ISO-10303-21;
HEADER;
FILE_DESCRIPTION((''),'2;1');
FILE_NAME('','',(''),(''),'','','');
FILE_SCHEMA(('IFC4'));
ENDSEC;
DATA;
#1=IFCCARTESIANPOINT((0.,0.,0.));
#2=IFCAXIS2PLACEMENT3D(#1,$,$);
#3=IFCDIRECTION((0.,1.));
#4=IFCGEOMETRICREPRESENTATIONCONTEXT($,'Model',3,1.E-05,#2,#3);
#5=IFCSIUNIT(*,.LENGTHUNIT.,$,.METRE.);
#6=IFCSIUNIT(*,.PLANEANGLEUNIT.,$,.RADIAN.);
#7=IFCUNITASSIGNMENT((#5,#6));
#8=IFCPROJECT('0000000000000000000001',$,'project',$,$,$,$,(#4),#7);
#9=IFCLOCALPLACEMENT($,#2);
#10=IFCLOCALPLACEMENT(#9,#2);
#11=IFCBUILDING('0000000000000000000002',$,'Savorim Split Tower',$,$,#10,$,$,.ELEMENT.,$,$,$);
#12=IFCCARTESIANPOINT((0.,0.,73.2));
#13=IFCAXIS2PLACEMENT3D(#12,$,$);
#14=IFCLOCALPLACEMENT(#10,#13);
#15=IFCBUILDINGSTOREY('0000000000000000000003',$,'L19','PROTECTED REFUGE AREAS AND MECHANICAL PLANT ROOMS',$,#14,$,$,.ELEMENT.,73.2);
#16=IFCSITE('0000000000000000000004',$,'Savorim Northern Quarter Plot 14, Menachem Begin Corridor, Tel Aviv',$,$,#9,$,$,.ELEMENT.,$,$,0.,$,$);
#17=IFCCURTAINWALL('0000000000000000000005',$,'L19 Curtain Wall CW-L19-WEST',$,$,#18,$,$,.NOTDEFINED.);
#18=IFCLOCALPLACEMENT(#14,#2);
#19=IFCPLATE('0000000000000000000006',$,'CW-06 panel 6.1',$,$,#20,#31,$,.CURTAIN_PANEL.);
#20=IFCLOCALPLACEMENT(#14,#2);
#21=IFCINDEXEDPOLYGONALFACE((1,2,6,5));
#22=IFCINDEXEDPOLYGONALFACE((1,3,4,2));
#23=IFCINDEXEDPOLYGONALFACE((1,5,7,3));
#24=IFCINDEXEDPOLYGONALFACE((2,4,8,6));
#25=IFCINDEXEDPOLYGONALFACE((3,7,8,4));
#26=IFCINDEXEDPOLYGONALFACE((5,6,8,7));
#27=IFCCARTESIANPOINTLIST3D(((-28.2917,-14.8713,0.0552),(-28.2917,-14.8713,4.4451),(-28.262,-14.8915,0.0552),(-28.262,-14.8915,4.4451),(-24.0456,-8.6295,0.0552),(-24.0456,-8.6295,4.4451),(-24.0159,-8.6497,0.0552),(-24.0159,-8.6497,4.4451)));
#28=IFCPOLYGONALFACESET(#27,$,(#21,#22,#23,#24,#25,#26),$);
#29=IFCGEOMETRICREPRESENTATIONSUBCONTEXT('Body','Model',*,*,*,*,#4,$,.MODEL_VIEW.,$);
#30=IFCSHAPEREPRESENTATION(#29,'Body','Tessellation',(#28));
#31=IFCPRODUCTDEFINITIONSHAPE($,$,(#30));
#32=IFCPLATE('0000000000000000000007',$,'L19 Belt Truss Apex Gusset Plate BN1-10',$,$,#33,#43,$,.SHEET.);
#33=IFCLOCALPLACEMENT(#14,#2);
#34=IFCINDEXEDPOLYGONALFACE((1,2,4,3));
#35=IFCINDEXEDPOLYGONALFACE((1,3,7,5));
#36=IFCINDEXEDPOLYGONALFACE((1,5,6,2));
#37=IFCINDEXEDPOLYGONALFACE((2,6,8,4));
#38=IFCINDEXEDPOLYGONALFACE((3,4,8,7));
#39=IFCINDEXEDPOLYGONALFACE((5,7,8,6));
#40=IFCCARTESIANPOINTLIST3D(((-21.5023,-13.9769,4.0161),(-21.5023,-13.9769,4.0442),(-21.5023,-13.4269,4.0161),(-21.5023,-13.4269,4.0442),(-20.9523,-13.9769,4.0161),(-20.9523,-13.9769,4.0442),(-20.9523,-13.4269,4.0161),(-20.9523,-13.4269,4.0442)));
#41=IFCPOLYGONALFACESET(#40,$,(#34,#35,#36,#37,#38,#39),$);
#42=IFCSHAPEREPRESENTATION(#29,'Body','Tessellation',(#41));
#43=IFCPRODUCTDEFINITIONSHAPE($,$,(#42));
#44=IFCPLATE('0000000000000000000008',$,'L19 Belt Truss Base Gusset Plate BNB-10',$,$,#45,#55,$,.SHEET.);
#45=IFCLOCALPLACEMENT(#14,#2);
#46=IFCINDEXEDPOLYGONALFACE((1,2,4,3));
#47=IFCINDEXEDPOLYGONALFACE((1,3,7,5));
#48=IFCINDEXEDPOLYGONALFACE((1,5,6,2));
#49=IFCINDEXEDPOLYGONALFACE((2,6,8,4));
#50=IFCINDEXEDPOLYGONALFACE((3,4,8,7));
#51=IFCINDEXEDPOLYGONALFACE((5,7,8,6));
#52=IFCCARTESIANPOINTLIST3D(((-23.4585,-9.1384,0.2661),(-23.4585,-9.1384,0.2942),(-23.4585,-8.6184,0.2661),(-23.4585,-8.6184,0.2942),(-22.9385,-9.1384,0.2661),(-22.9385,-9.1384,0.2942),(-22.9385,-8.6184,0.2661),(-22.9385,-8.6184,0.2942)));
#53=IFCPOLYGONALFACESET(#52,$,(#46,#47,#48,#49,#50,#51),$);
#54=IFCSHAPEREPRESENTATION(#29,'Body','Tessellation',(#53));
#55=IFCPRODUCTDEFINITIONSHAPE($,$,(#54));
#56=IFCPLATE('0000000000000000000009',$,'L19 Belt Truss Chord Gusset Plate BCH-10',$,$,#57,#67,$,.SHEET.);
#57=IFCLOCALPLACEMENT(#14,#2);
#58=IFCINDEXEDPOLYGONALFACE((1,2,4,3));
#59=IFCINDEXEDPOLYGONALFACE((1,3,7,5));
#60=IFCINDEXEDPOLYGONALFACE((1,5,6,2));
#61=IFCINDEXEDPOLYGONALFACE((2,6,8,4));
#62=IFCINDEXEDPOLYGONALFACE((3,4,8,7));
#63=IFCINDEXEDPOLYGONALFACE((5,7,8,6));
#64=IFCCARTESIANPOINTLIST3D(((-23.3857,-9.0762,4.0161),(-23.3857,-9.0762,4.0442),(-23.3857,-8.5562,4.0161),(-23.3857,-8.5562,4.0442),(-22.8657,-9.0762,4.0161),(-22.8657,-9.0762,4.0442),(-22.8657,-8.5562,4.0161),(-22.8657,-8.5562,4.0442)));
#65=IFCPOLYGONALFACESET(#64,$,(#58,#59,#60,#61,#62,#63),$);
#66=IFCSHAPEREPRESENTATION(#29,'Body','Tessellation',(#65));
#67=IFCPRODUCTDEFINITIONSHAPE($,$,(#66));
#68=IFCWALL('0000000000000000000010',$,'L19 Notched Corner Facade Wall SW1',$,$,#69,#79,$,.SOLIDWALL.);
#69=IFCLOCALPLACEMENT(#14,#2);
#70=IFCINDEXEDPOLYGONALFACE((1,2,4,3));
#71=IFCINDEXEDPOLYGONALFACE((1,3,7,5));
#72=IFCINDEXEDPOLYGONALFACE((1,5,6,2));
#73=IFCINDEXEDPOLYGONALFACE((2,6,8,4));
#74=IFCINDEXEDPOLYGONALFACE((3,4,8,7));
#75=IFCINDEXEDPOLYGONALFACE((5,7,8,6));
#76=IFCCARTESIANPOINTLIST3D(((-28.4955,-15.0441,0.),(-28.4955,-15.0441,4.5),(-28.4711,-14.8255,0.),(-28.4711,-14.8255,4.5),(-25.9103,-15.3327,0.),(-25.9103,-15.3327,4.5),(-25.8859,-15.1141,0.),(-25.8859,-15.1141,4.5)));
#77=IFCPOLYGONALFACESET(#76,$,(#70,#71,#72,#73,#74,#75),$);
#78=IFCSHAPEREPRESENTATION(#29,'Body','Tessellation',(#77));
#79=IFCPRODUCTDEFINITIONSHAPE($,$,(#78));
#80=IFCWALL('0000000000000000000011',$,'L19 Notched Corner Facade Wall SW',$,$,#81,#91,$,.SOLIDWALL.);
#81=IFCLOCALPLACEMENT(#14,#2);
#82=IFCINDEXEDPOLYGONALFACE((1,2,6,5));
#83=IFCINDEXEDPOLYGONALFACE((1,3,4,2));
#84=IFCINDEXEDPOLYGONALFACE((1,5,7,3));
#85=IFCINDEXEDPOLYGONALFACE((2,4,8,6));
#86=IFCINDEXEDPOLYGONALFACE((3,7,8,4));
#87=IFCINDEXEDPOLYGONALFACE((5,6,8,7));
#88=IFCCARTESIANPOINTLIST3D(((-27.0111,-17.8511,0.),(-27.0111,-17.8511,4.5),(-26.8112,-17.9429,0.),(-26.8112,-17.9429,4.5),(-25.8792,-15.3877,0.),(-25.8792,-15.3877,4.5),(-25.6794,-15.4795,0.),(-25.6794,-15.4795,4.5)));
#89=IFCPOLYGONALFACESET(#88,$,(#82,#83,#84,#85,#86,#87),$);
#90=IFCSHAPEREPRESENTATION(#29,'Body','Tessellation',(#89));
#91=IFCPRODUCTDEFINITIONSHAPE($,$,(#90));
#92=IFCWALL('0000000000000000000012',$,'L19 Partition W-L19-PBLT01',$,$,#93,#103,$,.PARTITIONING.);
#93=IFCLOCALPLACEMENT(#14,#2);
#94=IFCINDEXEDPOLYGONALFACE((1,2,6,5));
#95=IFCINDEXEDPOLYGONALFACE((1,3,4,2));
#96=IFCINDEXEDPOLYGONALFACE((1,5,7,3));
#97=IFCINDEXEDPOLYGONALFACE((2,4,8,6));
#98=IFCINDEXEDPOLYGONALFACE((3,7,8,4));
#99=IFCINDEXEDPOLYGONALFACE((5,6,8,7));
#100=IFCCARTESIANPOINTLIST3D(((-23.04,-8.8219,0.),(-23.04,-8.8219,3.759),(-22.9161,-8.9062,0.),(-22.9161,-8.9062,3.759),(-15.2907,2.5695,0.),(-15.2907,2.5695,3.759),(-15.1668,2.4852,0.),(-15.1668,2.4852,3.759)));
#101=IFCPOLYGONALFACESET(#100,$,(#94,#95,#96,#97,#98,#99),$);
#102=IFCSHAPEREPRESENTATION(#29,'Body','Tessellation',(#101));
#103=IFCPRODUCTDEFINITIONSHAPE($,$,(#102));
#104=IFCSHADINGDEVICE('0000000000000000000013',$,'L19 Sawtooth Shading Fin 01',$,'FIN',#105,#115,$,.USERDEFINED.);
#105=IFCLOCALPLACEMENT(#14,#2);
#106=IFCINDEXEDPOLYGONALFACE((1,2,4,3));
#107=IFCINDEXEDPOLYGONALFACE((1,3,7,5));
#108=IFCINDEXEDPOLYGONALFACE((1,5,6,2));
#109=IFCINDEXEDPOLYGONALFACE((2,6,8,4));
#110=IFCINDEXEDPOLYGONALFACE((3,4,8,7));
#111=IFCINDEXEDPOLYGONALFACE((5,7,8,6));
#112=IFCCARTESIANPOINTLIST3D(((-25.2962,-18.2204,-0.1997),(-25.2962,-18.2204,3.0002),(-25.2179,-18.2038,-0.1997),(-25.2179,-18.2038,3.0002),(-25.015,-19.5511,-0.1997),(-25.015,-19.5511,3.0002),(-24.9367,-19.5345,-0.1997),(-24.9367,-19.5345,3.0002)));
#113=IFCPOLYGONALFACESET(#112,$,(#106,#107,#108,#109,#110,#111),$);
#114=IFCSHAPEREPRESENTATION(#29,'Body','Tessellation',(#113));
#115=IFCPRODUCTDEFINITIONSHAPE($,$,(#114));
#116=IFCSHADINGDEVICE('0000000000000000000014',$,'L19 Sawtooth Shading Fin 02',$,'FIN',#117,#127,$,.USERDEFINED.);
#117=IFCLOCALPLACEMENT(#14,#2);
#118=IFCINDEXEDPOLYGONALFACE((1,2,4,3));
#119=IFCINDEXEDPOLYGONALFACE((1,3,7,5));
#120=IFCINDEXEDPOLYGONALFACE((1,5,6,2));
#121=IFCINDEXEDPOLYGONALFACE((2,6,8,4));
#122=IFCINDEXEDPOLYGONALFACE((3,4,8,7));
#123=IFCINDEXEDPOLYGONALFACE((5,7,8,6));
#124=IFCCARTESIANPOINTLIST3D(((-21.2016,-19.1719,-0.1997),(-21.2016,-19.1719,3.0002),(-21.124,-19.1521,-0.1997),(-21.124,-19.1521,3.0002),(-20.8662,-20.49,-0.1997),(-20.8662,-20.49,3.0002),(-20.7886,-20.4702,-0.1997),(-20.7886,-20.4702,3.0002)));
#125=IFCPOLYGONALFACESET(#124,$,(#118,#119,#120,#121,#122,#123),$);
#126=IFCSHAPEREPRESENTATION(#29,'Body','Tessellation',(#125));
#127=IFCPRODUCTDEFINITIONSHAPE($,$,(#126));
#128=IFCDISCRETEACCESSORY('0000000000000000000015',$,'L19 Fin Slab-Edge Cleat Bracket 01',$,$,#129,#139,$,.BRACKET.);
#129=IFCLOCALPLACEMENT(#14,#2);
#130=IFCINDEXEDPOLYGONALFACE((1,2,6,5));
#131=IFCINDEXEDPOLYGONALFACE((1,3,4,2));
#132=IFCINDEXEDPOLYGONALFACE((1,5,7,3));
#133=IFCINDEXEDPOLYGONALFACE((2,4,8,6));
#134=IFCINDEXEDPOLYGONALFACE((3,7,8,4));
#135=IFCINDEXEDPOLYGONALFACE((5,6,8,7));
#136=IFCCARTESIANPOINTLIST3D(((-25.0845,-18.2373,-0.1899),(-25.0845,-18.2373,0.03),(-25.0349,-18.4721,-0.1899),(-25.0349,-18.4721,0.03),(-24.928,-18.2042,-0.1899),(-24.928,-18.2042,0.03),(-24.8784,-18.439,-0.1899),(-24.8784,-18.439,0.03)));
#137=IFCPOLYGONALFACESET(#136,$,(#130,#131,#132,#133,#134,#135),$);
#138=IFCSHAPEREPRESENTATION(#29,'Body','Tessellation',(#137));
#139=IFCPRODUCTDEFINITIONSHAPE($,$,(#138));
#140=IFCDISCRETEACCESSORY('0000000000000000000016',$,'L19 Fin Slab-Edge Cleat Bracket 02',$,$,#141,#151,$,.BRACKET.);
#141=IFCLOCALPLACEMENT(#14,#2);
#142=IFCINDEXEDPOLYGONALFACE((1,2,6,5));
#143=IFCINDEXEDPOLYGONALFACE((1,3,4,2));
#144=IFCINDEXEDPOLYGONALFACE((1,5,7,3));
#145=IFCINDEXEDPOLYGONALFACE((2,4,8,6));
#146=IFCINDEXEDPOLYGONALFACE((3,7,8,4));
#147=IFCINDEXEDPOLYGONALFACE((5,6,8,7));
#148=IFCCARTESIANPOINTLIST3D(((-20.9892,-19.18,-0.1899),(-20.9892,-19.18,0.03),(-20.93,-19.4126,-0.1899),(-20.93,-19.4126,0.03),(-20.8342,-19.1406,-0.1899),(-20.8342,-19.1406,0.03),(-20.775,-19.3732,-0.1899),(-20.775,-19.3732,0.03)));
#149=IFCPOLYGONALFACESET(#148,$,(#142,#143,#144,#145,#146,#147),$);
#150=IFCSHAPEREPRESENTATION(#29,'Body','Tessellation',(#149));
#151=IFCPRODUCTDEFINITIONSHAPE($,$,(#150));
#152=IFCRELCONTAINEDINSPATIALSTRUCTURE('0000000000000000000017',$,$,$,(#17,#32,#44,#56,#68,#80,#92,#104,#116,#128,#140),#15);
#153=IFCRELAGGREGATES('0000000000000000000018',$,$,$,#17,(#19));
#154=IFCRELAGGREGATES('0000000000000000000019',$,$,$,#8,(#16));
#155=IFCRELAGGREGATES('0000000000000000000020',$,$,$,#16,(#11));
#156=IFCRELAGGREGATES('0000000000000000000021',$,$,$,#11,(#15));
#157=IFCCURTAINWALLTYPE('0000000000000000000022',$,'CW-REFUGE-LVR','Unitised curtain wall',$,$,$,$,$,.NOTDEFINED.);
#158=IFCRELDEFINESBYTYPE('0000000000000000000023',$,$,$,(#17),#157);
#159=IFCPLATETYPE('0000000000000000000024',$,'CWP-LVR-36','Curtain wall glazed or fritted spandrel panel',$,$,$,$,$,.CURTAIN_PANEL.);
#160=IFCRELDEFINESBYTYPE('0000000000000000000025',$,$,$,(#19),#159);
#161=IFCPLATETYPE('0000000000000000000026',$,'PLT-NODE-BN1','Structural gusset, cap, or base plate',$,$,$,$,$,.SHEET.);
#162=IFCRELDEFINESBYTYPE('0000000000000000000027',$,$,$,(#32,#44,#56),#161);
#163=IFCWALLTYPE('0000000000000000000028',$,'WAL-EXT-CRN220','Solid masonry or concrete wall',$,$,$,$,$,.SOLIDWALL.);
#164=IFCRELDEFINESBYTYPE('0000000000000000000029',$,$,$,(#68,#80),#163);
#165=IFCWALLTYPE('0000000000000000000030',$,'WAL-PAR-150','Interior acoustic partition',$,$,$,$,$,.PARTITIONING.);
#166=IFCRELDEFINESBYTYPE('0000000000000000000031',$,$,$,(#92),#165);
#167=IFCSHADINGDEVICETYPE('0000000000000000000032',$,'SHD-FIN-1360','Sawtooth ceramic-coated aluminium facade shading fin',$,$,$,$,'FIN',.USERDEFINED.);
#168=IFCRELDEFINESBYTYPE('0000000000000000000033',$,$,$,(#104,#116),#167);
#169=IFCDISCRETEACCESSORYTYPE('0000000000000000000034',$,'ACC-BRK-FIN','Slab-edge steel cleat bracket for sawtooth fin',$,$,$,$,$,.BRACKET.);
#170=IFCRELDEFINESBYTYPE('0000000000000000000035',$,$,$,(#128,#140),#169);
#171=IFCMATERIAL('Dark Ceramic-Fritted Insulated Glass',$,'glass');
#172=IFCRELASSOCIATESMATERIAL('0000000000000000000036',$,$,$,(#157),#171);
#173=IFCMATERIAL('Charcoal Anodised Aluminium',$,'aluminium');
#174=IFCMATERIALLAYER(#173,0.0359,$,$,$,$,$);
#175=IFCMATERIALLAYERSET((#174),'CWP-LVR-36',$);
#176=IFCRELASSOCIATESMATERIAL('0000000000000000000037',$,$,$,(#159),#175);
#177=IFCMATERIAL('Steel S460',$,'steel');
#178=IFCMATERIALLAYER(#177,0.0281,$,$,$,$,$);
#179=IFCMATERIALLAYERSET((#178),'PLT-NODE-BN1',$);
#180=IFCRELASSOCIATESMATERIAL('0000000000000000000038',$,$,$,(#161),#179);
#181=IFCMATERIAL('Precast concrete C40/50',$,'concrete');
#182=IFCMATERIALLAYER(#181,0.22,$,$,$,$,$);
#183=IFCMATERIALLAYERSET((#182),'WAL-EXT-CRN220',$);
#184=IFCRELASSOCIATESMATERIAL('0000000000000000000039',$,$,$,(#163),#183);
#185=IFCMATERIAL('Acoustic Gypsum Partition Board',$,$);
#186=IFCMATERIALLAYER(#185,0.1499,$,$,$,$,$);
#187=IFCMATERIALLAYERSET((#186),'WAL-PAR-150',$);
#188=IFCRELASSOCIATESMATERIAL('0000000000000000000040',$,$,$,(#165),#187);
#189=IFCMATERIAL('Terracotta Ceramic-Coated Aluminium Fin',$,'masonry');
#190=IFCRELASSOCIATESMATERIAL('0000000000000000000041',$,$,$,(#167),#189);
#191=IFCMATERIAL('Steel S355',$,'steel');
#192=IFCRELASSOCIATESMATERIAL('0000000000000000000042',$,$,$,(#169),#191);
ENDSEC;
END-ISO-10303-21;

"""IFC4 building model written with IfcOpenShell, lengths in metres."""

from ifc_helpers import new_model, si_unit, direction, frame, frame_2d, origin, origin_2d, place, context, subcontext, project, spatial, rectangle, extrude, material, layer, layer_set, type_object, element, aggregate, save


model = new_model("IFC4")

# Units and contexts
model_context = context("Model", 3, precision=1e-05, world=origin(), true_north=direction((0.0, 1.0)))
body_context = subcontext(model_context, "Body", "Model", "MODEL_VIEW")
ifc_project = project(units=[si_unit("LENGTHUNIT", "METRE"), si_unit("PLANEANGLEUNIT", "RADIAN")], contexts=[model_context])

# Site, building, storey
site_placement = place(None, origin())
site = spatial("IfcSite", under=ifc_project, at=site_placement, Name="Savorim Northern Quarter Plot 14, Menachem Begin Corridor, Tel Aviv", CompositionType="ELEMENT", RefElevation=0.0)
building_placement = place(site_placement, origin())
building = spatial("IfcBuilding", under=site, at=building_placement, Name="Savorim Split Tower", CompositionType="ELEMENT")
storey_placement = place(building_placement, frame((0.0, 0.0, 73.2)))
storey = spatial("IfcBuildingStorey", under=building, at=storey_placement, Name="L19", Description="PROTECTED REFUGE AREAS AND MECHANICAL PLANT ROOMS", CompositionType="ELEMENT", Elevation=73.2)

# Shared definitions
ifc_material_1 = material(Name="Steel S460", Category="steel")

# Shared definitions
ifc_material_2 = material(Name="Dark Ceramic-Fritted Insulated Glass", Category="glass")
curtain_wall_type = type_object("IfcCurtainWallType", Name="CW-REFUGE-LVR", Description="Unitised curtain wall", PredefinedType="NOTDEFINED", material=ifc_material_2)
ifc_material_3 = material(Name="Charcoal Anodised Aluminium", Category="aluminium")

# Curtain wall
curtain_wall_1_placement = place(storey_placement, origin())
curtain_wall_1 = element("IfcCurtainWall", 1, at=curtain_wall_1_placement, inside=storey, type_object=curtain_wall_type, Name="L19 Curtain Wall CW-L19-WEST", PredefinedType="NOTDEFINED")

# Plate
ifc_layer_1 = layer(ifc_material_3, 0.0359)
ifc_layer_set_1 = layer_set([ifc_layer_1], Name="CWP-LVR-36")
plate_type_1 = type_object("IfcPlateType", Name="CWP-LVR-36", Description="Curtain wall glazed or fritted spandrel panel", PredefinedType="CURTAIN_PANEL", material=ifc_layer_set_1)
plate_1_placement = place(storey_placement, frame((-26.1538, -11.7605, 0.0552), z_axis=(0.0, 0.0, 1.0), x_axis=(-0.562467, -0.82682, 0.0)))
plate_1 = element("IfcPlate", 2, at=plate_1_placement, type_object=plate_type_1, Name="CW-06 panel 6.1", PredefinedType="CURTAIN_PANEL", context=body_context, shape_type="SweptSolid", body=[
    extrude(rectangle(XDim=7.5491, YDim=0.0359, at=origin_2d()), origin(), (0.0, 0.0, 1.0), 4.3899),
])
aggregate(curtain_wall_1, [plate_1])

# Plates
ifc_layer_2 = layer(ifc_material_1, 0.0281)
ifc_layer_set_2 = layer_set([ifc_layer_2], Name="PLT-NODE-BN1")
plate_type_2 = type_object("IfcPlateType", Name="PLT-NODE-BN1", Description="Structural gusset, cap, or base plate", PredefinedType="SHEET", material=ifc_layer_set_2)
plate_2_placement = place(storey_placement, frame((-21.2273, -13.7019, 4.0161), z_axis=(0.0, 0.0, 1.0), x_axis=(1.0, 0.0, 0.0)))
element("IfcPlate", 3, at=plate_2_placement, inside=storey, type_object=plate_type_2, Name="L19 Belt Truss Apex Gusset Plate BN1-10", PredefinedType="SHEET", context=body_context, shape_type="SweptSolid", body=[
    extrude(rectangle(XDim=0.55, YDim=0.55, at=origin_2d()), origin(), (0.0, 0.0, 1.0), 0.0281),
])
for number, where, z_axis, x_axis, name in (
    (4, (-23.1985, -8.8784, 0.2661), (0.0, 0.0, 1.0), (1.0, 0.0, 0.0), "L19 Belt Truss Base Gusset Plate BNB-10"),
    (5, (-23.1257, -8.8162, 4.0161), (0.0, 0.0, 1.0), (1.0, 0.0, 0.0), "L19 Belt Truss Chord Gusset Plate BCH-10"),
):
    element("IfcPlate", number, at=place(storey_placement, frame(where, z_axis=z_axis, x_axis=x_axis)), inside=storey, type_object=plate_type_2, Name=name, PredefinedType="SHEET", context=body_context, shape_type="SweptSolid", body=[
        extrude(rectangle(XDim=0.52, YDim=0.52, at=origin_2d()), origin(), (0.0, 0.0, 1.0), 0.0281),
    ])

# Walls
ifc_material_4 = material(Name="Precast concrete C40/50", Category="concrete")
ifc_layer_3 = layer(ifc_material_4, 0.22)
ifc_layer_set_3 = layer_set([ifc_layer_3], Name="WAL-EXT-CRN220")
wall_type_1 = type_object("IfcWallType", Name="WAL-EXT-CRN220", Description="Solid masonry or concrete wall", PredefinedType="SOLIDWALL", material=ifc_layer_set_3)
wall_1_placement = place(storey_placement, frame((-25.8979, -15.2234, 0.0), z_axis=(0.0, 0.0, 1.0), x_axis=(-0.993828, 0.110936, 0.0)))
element("IfcWall", 6, at=wall_1_placement, inside=storey, type_object=wall_type_1, Name="L19 Notched Corner Facade Wall SW1", PredefinedType="SOLIDWALL", context=body_context, shape_type="SweptSolid", body=[
    extrude(rectangle(XDim=2.6013, YDim=0.22, at=frame_2d((1.3008, 0.0))), origin(), (0.0, 0.0, 1.0), 4.5),
])
wall_2_placement = place(storey_placement, frame((-26.9111, -17.897, 0.0), z_axis=(0.0, 0.0, 1.0), x_axis=(0.417504, 0.908675, 0.0)))
element("IfcWall", 7, at=wall_2_placement, inside=storey, type_object=wall_type_1, Name="L19 Notched Corner Facade Wall SW", PredefinedType="SOLIDWALL", context=body_context, shape_type="SweptSolid", body=[
    extrude(rectangle(XDim=2.7109, YDim=0.22, at=frame_2d((1.3555, 0.0))), origin(), (0.0, 0.0, 1.0), 4.5),
])
ifc_material_5 = material(Name="Acoustic Gypsum Partition Board")
ifc_layer_4 = layer(ifc_material_5, 0.1499)
ifc_layer_set_4 = layer_set([ifc_layer_4], Name="WAL-PAR-150")
wall_type_2 = type_object("IfcWallType", Name="WAL-PAR-150", Description="Interior acoustic partition", PredefinedType="PARTITIONING", material=ifc_layer_set_4)
wall_3_placement = place(storey_placement, frame((-22.978, -8.864, 0.0), z_axis=(0.0, 0.0, 1.0), x_axis=(0.562466, 0.82682, 0.0)))
element("IfcWall", 8, at=wall_3_placement, inside=storey, type_object=wall_type_2, Name="L19 Partition W-L19-PBLT01", PredefinedType="PARTITIONING", context=body_context, shape_type="SweptSolid", body=[
    extrude(rectangle(XDim=13.7773, YDim=0.1499, at=frame_2d((6.8887, 0.0))), origin(), (0.0, 0.0, 1.0), 3.759),
])

# Shading devices
ifc_material_6 = material(Name="Terracotta Ceramic-Coated Aluminium Fin", Category="masonry")
shading_device_type = type_object("IfcShadingDeviceType", Name="SHD-FIN-1360", Description="Sawtooth ceramic-coated aluminium facade shading fin", ElementType="FIN", PredefinedType="USERDEFINED", material=ifc_material_6)
for number, where, z_axis, x_axis, name in (
    (9, (-25.1165, -18.8774, -0.1997), (0.0, 0.0, 1.0), (0.206722, -0.9784, 0.0), "L19 Sawtooth Shading Fin 01"),
    (10, (-20.9951, -19.821, -0.1997), (0.0, 0.0, 1.0), (0.246581, -0.969122, 0.0), "L19 Sawtooth Shading Fin 02"),
):
    element("IfcShadingDevice", number, at=place(storey_placement, frame(where, z_axis=z_axis, x_axis=x_axis)), inside=storey, type_object=shading_device_type, Name=name, ObjectType="FIN", PredefinedType="USERDEFINED", context=body_context, shape_type="SweptSolid", body=[
        extrude(rectangle(XDim=1.3601, YDim=0.0801, at=origin_2d()), origin(), (0.0, 0.0, 1.0), 3.2),
    ])

# Discrete accessories
ifc_material_7 = material(Name="Steel S355", Category="steel")
discrete_accessory_type = type_object("IfcDiscreteAccessoryType", Name="ACC-BRK-FIN", Description="Slab-edge steel cleat bracket for sawtooth fin", PredefinedType="BRACKET", material=ifc_material_7)
for number, where, z_axis, x_axis, name in (
    (11, (-24.9814, -18.3381, -0.1899), (0.0, 0.0, 1.0), (0.206722, -0.9784, 0.0), "L19 Fin Slab-Edge Cleat Bracket 01"),
    (12, (-20.8821, -19.2766, -0.1899), (0.0, 0.0, 1.0), (0.246581, -0.969122, 0.0), "L19 Fin Slab-Edge Cleat Bracket 02"),
):
    element("IfcDiscreteAccessory", number, at=place(storey_placement, frame(where, z_axis=z_axis, x_axis=x_axis)), inside=storey, type_object=discrete_accessory_type, Name=name, PredefinedType="BRACKET", context=body_context, shape_type="SweptSolid", body=[
        extrude(rectangle(XDim=0.24, YDim=0.1599, at=origin_2d()), origin(), (0.0, 0.0, 1.0), 0.22),
    ])

save(model, "model.ifc")
